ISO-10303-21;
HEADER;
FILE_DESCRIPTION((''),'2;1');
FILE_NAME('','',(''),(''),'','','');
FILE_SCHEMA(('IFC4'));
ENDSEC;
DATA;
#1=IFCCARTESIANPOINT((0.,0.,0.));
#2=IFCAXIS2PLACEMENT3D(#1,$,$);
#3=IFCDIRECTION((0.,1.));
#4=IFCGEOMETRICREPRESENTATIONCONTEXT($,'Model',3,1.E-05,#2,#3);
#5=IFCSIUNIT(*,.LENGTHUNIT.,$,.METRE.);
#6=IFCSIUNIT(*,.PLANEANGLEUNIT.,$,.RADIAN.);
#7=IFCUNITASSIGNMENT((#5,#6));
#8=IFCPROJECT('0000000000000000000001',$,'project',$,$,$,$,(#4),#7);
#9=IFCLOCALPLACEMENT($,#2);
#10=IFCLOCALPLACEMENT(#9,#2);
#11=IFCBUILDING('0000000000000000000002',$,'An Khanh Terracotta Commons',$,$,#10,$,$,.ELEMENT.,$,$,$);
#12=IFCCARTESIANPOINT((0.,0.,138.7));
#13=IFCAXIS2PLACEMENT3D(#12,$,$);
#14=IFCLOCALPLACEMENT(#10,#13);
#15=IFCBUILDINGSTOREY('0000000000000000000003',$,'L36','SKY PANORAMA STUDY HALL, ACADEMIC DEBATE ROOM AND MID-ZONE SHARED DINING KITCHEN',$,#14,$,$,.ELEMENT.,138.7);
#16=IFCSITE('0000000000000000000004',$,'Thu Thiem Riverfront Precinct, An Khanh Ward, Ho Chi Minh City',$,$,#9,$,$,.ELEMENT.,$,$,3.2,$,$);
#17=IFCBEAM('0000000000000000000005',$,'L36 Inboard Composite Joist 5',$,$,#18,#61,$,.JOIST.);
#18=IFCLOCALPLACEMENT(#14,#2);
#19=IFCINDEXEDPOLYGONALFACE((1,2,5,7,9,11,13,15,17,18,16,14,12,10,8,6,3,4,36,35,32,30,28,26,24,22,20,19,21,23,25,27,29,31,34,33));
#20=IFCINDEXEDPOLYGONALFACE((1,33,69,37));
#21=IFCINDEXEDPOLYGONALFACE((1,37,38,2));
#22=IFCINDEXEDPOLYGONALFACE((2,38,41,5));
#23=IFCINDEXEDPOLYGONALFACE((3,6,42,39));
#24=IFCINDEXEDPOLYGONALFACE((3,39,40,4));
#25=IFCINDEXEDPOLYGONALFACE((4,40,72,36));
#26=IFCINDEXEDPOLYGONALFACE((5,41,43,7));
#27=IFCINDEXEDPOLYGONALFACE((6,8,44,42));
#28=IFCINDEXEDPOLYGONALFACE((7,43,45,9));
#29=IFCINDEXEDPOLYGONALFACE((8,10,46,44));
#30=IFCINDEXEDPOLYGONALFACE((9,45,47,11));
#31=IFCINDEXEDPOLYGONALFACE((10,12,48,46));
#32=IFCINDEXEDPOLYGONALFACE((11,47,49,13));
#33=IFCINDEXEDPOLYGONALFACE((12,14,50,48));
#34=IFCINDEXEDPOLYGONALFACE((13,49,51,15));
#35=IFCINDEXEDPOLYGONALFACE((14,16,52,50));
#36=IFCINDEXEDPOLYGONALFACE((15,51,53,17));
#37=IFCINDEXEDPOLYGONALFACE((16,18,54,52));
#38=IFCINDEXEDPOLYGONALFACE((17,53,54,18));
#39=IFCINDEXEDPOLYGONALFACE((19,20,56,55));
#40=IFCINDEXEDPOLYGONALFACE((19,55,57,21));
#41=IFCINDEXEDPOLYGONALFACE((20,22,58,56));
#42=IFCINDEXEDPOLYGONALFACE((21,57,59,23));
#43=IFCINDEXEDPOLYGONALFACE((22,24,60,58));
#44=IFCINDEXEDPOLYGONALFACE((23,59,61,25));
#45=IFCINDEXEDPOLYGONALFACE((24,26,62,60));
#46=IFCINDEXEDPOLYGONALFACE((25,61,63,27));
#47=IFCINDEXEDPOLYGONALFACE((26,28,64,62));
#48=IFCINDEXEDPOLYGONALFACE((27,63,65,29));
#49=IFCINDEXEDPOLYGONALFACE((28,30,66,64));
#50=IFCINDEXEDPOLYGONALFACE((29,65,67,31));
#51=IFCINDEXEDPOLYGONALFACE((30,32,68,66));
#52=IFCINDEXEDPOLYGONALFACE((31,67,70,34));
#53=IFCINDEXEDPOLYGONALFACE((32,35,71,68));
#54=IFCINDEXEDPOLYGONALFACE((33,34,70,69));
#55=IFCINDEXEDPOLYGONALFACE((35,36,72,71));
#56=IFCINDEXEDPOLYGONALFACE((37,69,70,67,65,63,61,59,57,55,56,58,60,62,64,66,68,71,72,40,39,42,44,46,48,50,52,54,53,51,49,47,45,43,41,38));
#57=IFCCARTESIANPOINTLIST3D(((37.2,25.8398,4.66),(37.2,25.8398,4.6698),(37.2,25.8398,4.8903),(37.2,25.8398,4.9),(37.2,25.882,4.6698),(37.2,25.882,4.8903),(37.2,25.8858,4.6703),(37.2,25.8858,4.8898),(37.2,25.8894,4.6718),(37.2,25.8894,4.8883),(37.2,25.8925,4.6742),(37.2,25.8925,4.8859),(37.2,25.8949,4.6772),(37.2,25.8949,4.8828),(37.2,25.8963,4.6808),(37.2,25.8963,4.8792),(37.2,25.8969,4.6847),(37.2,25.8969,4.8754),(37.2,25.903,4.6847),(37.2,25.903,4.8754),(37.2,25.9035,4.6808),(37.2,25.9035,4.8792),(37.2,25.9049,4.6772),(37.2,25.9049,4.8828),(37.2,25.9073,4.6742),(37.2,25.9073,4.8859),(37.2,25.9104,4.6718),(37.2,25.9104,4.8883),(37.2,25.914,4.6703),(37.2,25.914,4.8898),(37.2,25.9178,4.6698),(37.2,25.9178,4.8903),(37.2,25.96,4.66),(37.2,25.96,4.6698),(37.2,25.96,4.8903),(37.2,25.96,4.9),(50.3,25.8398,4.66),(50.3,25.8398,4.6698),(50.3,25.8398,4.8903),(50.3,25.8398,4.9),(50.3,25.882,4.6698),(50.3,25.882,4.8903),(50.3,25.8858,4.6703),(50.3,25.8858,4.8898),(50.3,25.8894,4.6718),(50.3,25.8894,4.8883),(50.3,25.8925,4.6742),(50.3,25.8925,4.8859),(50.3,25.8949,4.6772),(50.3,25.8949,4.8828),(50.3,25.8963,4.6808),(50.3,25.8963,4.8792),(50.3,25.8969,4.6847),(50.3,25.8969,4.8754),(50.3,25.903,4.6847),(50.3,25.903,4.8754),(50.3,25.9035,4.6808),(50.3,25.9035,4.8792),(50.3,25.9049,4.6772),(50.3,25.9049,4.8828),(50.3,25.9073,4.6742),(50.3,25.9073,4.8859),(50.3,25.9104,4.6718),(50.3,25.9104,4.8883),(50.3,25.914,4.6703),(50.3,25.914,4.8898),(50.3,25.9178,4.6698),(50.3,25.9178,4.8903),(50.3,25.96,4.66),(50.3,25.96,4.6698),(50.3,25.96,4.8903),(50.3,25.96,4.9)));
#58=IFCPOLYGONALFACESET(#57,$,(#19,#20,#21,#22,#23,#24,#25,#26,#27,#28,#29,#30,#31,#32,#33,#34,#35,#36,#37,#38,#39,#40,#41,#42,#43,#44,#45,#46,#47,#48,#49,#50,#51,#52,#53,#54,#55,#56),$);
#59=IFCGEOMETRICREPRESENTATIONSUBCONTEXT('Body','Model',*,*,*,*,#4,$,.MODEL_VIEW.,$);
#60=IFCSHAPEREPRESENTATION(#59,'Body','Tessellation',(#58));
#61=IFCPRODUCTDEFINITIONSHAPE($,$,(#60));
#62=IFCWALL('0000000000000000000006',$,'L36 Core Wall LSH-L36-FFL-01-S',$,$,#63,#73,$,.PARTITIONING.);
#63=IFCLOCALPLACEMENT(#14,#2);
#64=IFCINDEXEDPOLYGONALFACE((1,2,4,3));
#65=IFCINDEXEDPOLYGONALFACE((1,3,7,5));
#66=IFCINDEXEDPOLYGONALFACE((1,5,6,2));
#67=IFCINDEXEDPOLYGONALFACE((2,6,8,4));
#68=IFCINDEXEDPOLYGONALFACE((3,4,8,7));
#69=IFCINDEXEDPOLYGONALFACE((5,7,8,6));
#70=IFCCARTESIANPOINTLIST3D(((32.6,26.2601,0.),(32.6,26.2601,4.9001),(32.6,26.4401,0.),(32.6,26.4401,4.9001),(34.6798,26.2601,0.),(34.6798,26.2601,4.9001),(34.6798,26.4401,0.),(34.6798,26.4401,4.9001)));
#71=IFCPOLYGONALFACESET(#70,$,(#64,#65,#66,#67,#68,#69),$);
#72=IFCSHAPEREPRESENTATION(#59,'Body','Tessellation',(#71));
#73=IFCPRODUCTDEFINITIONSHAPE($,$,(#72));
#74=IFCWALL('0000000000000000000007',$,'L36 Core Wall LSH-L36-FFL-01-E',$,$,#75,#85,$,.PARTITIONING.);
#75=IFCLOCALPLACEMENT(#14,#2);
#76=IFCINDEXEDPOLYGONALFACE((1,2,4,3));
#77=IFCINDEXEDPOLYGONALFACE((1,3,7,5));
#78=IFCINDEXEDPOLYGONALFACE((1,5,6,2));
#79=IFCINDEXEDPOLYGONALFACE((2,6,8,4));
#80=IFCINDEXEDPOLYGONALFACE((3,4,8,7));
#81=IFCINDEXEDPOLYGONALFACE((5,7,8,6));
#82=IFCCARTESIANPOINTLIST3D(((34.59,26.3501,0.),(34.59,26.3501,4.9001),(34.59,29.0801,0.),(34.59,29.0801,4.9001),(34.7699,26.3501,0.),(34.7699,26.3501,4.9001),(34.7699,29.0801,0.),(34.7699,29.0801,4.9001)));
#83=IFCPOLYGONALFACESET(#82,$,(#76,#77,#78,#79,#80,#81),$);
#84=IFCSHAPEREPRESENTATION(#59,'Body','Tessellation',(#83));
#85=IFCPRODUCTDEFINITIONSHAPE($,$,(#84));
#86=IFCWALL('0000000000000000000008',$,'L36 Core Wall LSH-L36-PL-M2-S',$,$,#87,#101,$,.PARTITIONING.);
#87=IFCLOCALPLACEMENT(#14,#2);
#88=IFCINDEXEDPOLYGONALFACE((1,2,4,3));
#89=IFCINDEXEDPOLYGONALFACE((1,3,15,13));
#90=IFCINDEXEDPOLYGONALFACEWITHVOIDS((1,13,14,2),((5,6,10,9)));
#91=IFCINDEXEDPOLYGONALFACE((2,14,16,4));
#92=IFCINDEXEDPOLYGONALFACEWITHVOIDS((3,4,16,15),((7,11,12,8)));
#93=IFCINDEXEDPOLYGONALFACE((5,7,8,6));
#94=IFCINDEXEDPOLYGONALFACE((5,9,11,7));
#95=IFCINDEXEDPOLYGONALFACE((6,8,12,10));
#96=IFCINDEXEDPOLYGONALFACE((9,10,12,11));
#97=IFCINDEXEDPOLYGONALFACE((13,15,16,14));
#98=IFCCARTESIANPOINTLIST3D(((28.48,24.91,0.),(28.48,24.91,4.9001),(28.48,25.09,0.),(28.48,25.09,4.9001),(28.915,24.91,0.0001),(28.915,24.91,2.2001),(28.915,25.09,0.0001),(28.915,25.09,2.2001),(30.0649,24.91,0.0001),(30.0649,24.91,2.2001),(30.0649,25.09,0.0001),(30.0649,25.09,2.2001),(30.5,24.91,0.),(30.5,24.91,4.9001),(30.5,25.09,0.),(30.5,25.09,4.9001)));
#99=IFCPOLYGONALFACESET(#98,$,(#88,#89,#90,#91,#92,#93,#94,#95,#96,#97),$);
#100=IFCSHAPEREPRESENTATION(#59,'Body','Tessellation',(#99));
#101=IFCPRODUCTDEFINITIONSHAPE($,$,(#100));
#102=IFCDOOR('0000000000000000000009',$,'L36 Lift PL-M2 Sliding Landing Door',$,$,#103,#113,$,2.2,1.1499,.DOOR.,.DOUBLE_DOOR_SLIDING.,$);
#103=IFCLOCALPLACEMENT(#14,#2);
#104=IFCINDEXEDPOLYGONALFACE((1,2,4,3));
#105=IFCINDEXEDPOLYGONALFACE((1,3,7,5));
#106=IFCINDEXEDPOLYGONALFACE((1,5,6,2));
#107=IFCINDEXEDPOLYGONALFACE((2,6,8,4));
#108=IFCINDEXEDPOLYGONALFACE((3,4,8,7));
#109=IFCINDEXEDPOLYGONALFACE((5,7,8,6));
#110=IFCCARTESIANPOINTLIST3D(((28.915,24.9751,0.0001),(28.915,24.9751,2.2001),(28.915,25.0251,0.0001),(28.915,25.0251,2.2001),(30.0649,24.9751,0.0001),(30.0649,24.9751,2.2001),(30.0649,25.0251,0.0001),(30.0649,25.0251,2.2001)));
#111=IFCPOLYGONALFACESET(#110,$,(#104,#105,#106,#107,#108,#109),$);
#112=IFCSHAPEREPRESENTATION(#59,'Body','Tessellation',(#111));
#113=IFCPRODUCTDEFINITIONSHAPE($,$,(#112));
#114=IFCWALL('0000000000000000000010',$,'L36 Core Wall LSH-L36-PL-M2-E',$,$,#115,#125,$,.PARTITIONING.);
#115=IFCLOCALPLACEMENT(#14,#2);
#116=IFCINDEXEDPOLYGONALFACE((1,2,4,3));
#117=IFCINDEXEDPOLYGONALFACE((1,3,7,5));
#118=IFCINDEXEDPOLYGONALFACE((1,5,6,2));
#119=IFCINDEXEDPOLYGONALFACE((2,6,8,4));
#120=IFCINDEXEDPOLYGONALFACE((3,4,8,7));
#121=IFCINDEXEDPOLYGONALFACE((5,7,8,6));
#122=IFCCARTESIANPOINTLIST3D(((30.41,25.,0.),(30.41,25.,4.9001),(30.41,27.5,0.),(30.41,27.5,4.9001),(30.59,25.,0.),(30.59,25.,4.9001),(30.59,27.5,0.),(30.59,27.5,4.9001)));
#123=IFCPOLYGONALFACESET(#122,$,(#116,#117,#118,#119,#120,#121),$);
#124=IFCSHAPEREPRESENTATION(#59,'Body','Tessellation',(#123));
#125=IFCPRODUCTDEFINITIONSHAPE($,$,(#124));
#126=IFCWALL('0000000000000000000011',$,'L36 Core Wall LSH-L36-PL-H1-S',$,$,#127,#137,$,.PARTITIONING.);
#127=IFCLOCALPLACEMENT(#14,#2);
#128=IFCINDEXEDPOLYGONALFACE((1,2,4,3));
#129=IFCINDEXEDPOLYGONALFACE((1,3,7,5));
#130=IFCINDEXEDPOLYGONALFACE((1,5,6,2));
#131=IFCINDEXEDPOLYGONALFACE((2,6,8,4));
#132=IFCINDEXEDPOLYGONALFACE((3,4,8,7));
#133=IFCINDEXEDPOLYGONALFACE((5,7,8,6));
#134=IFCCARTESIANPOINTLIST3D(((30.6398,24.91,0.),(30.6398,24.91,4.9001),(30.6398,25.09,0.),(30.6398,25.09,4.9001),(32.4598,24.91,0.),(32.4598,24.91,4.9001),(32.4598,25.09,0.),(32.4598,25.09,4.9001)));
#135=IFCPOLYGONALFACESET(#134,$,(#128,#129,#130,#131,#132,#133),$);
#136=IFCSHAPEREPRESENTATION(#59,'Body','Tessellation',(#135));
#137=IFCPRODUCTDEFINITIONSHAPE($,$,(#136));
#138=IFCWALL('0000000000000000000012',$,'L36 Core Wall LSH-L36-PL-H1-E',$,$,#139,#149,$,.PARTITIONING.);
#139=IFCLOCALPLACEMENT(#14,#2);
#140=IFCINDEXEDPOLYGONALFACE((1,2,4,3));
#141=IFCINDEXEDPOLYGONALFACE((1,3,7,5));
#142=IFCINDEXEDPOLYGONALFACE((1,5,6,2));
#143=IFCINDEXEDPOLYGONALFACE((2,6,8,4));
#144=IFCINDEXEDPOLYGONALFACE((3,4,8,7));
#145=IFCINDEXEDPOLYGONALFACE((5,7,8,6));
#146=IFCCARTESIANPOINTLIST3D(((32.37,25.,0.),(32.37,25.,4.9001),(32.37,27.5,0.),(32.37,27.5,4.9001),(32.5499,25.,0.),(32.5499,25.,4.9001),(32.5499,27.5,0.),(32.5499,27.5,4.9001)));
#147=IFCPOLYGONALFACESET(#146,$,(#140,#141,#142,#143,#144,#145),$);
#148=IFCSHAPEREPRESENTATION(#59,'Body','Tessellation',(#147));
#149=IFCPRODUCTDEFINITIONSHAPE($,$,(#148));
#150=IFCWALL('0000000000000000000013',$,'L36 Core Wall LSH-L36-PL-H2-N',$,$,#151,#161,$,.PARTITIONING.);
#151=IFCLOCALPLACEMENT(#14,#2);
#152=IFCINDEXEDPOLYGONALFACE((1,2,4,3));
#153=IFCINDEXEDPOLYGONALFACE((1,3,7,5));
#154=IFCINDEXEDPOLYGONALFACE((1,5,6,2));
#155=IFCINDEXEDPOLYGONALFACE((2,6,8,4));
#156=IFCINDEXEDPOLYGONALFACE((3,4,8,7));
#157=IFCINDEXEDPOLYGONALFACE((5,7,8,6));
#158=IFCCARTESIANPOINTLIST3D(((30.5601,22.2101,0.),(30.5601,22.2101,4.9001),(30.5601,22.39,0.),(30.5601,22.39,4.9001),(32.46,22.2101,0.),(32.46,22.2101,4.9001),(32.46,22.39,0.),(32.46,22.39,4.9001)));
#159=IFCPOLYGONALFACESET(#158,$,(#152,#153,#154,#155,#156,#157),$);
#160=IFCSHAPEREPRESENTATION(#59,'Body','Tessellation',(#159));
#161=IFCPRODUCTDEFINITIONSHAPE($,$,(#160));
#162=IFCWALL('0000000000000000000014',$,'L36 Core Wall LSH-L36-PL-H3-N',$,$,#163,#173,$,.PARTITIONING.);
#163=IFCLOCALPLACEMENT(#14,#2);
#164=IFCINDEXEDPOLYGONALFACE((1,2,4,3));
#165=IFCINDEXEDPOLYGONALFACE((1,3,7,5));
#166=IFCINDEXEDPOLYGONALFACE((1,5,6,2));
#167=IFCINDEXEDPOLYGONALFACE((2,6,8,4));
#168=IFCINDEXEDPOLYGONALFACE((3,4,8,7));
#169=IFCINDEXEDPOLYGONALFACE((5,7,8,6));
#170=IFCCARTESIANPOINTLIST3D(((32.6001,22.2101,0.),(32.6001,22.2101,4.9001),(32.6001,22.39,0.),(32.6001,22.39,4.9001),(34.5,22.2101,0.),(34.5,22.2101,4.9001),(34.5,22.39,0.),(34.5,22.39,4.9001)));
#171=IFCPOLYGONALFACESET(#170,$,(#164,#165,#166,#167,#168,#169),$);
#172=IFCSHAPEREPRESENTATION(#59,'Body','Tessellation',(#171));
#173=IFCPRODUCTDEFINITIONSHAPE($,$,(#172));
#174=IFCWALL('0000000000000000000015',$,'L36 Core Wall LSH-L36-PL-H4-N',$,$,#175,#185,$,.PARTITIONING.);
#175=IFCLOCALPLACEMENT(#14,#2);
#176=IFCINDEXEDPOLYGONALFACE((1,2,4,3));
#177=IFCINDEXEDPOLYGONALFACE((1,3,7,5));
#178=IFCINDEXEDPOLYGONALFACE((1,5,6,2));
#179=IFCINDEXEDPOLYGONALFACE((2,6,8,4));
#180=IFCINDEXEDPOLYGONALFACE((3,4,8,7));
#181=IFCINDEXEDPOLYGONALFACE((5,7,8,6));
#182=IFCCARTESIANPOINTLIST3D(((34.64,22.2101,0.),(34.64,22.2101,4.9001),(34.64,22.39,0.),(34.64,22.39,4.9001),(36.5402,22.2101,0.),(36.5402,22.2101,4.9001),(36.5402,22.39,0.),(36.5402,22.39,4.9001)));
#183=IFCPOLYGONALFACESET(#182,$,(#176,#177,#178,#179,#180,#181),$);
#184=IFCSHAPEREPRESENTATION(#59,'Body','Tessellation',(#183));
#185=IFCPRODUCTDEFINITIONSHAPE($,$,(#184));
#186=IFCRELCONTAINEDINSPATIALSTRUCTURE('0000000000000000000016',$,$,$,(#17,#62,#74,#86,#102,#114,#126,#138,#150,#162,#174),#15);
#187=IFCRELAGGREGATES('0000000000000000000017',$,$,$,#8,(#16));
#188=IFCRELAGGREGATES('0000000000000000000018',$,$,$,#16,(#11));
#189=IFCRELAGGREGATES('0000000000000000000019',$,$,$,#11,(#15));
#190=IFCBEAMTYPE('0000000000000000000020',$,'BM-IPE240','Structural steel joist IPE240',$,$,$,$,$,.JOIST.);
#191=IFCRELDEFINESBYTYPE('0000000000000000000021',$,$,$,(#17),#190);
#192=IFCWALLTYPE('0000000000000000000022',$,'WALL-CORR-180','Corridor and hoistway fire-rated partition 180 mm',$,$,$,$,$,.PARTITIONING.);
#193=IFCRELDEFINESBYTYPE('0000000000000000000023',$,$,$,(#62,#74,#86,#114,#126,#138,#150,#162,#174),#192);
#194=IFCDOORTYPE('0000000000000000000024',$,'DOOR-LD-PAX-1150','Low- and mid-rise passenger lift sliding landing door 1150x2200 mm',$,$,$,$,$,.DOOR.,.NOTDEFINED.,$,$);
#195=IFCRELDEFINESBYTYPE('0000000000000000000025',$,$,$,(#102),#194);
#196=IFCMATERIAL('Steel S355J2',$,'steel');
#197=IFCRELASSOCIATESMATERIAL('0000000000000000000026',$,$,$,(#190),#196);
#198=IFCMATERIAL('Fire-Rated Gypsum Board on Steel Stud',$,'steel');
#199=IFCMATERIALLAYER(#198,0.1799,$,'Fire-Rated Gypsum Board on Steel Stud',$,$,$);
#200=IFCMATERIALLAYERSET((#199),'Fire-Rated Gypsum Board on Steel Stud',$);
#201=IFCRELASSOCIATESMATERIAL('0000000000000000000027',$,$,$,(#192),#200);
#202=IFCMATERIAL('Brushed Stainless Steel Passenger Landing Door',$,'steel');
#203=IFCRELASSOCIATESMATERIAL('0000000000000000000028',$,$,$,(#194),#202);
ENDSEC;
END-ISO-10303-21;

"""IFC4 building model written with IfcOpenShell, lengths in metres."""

from ifc_helpers import new_model, si_unit, direction, frame, frame_2d, origin, origin_2d, place, context, subcontext, project, spatial, rectangle, i_section, extrude, material, layer, layer_set, material_profile, profile_set, type_object, element, fill, save


model = new_model("IFC4")

# Units and contexts
model_context = context("Model", 3, precision=1e-05, world=origin(), true_north=direction((0.0, 1.0)))
body_context = subcontext(model_context, "Body", "Model", "MODEL_VIEW")
ifc_project = project(units=[si_unit("LENGTHUNIT", "METRE"), si_unit("PLANEANGLEUNIT", "RADIAN")], contexts=[model_context])

# Site, building, storey
site_placement = place(None, origin())
site = spatial("IfcSite", under=ifc_project, at=site_placement, Name="Thu Thiem Riverfront Precinct, An Khanh Ward, Ho Chi Minh City", CompositionType="ELEMENT", RefElevation=3.2)
building_placement = place(site_placement, origin())
building = spatial("IfcBuilding", under=site, at=building_placement, Name="An Khanh Terracotta Commons", CompositionType="ELEMENT")
storey_placement = place(building_placement, frame((0.0, 0.0, 138.7)))
storey = spatial("IfcBuildingStorey", under=building, at=storey_placement, Name="L36", Description="SKY PANORAMA STUDY HALL, ACADEMIC DEBATE ROOM AND MID-ZONE SHARED DINING KITCHEN", CompositionType="ELEMENT", Elevation=138.7)

# Beam
ifc_material_1 = material(Name="Steel S355J2", Category="steel")
ifc_material_profile_1 = material_profile(ifc_material_1, i_section(OverallWidth=0.1201, OverallDepth=0.24, WebThickness=0.0061, FlangeThickness=0.0098, FilletRadius=0.0149, at=origin_2d()), Name="IPE240")
ifc_profile_set_1 = profile_set([ifc_material_profile_1], Name="Steel S355J2")
beam_type_1 = type_object("IfcBeamType", Name="BM-IPE240", Description="Structural steel joist IPE240", PredefinedType="JOIST", material=ifc_profile_set_1)
for number, where, z_axis, x_axis, name in (
    (1, (37.2, 25.8999, 4.78), (1.0, 0.0, 0.0), (0.0, 1.0, 0.0), "L36 Inboard Composite Joist 5"),
):
    element("IfcBeam", number, at=place(storey_placement, frame(where, z_axis=z_axis, x_axis=x_axis)), inside=storey, type_object=beam_type_1, Name=name, PredefinedType="JOIST", context=body_context, shape_type="SweptSolid", body=[
        extrude(i_section(OverallWidth=0.1201, OverallDepth=0.24, WebThickness=0.0061, FlangeThickness=0.0098, FilletRadius=0.0149, at=origin_2d()), origin(), (0.0, 0.0, 1.0), 13.1001),
    ])

# Walls
ifc_material_2 = material(Name="Fire-Rated Gypsum Board on Steel Stud", Category="steel")
ifc_layer = layer(ifc_material_2, 0.1799, Name="Fire-Rated Gypsum Board on Steel Stud")
ifc_layer_set = layer_set([ifc_layer], Name="Fire-Rated Gypsum Board on Steel Stud")
wall_type = type_object("IfcWallType", Name="WALL-CORR-180", Description="Corridor and hoistway fire-rated partition 180 mm", PredefinedType="PARTITIONING", material=ifc_layer_set)
wall_1_placement = place(storey_placement, frame((34.6799, 26.3501, 0.0), z_axis=(0.0, 0.0, 1.0), x_axis=(-1.0, 0.0, 0.0)))
element("IfcWall", 2, at=wall_1_placement, inside=storey, type_object=wall_type, Name="L36 Core Wall LSH-L36-FFL-01-S", PredefinedType="PARTITIONING", context=body_context, shape_type="SweptSolid", body=[
    extrude(rectangle(XDim=2.0798, YDim=0.1799, at=frame_2d((1.04, 0.0))), origin(), (0.0, 0.0, 1.0), 4.9001),
])
wall_2_placement = place(storey_placement, frame((34.6799, 26.3501, 0.0), z_axis=(0.0, 0.0, 1.0), x_axis=(0.0, 1.0, 0.0)))
element("IfcWall", 3, at=wall_2_placement, inside=storey, type_object=wall_type, Name="L36 Core Wall LSH-L36-FFL-01-E", PredefinedType="PARTITIONING", context=body_context, shape_type="SweptSolid", body=[
    extrude(rectangle(XDim=2.73, YDim=0.1799, at=frame_2d((1.365, 0.0))), origin(), (0.0, 0.0, 1.0), 4.9001),
])

# Wall, opening, door
wall_3_placement = place(storey_placement, frame((30.5, 25.0, 0.0), z_axis=(0.0, 0.0, 1.0), x_axis=(-1.0, 0.0, 0.0)))
wall_3 = element("IfcWall", 4, at=wall_3_placement, inside=storey, type_object=wall_type, Name="L36 Core Wall LSH-L36-PL-M2-S", PredefinedType="PARTITIONING", context=body_context, shape_type="SweptSolid", body=[
    extrude(rectangle(XDim=2.02, YDim=0.1799, at=frame_2d((1.01, 0.0))), origin(), (0.0, 0.0, 1.0), 4.9001),
])
opening_placement = place(wall_3_placement, frame((0.4351, 0.0, 0.0)))
opening = element("IfcOpeningElement", 5, at=opening_placement, cuts=wall_3, PredefinedType="OPENING", context=body_context, shape_type="SweptSolid", body=[
    extrude(rectangle(XDim=1.1499, YDim=2.2, at=frame_2d((0.575, 1.1001))), frame((0.0, 0.0999, 0.0), z_axis=(0.0, -1.0, 0.0), x_axis=(1.0, 0.0, 0.0)), (0.0, 0.0, 1.0), 0.2),
])
ifc_material_3 = material(Name="Brushed Stainless Steel Passenger Landing Door", Category="steel")
door_type = type_object("IfcDoorType", Name="DOOR-LD-PAX-1150", Description="Low- and mid-rise passenger lift sliding landing door 1150x2200 mm", OperationType="NOTDEFINED", PredefinedType="DOOR", material=ifc_material_3)
door_placement = place(opening_placement, origin())
door = element("IfcDoor", 6, at=door_placement, inside=storey, type_object=door_type, Name="L36 Lift PL-M2 Sliding Landing Door", OperationType="DOUBLE_DOOR_SLIDING", OverallHeight=2.2, OverallWidth=1.1499, PredefinedType="DOOR", context=body_context, shape_type="SweptSolid", body=[
    extrude(rectangle(XDim=1.1499, YDim=2.2, at=frame_2d((0.575, 1.1001))), frame((0.0, 0.0249, 0.0), z_axis=(0.0, -1.0, 0.0), x_axis=(1.0, 0.0, 0.0)), (0.0, 0.0, 1.0), 0.05),
])
fill(opening, door)

# Walls
wall_4_placement = place(storey_placement, frame((30.5, 25.0, 0.0), z_axis=(0.0, 0.0, 1.0), x_axis=(0.0, 1.0, 0.0)))
element("IfcWall", 7, at=wall_4_placement, inside=storey, type_object=wall_type, Name="L36 Core Wall LSH-L36-PL-M2-E", PredefinedType="PARTITIONING", context=body_context, shape_type="SweptSolid", body=[
    extrude(rectangle(XDim=2.5, YDim=0.1799, at=frame_2d((1.25, 0.0))), origin(), (0.0, 0.0, 1.0), 4.9001),
])
wall_5_placement = place(storey_placement, frame((32.46, 25.0, 0.0), z_axis=(0.0, 0.0, 1.0), x_axis=(-1.0, 0.0, 0.0)))
element("IfcWall", 8, at=wall_5_placement, inside=storey, type_object=wall_type, Name="L36 Core Wall LSH-L36-PL-H1-S", PredefinedType="PARTITIONING", context=body_context, shape_type="SweptSolid", body=[
    extrude(rectangle(XDim=1.8201, YDim=0.1799, at=frame_2d((0.9102, 0.0))), origin(), (0.0, 0.0, 1.0), 4.9001),
])
wall_6_placement = place(storey_placement, frame((32.46, 25.0, 0.0), z_axis=(0.0, 0.0, 1.0), x_axis=(0.0, 1.0, 0.0)))
element("IfcWall", 9, at=wall_6_placement, inside=storey, type_object=wall_type, Name="L36 Core Wall LSH-L36-PL-H1-E", PredefinedType="PARTITIONING", context=body_context, shape_type="SweptSolid", body=[
    extrude(rectangle(XDim=2.5, YDim=0.1799, at=frame_2d((1.25, 0.0))), origin(), (0.0, 0.0, 1.0), 4.9001),
])
for number, where, z_axis, x_axis, name in (
    (10, (30.5601, 22.3, 0.0), (0.0, 0.0, 1.0), (1.0, 0.0, 0.0), "L36 Core Wall LSH-L36-PL-H2-N"),
    (11, (32.6001, 22.3, 0.0), (0.0, 0.0, 1.0), (1.0, 0.0, 0.0), "L36 Core Wall LSH-L36-PL-H3-N"),
):
    element("IfcWall", number, at=place(storey_placement, frame(where, z_axis=z_axis, x_axis=x_axis)), inside=storey, type_object=wall_type, Name=name, PredefinedType="PARTITIONING", context=body_context, shape_type="SweptSolid", body=[
        extrude(rectangle(XDim=1.8999, YDim=0.1799, at=frame_2d((0.95, 0.0))), origin(), (0.0, 0.0, 1.0), 4.9001),
    ])
wall_7_placement = place(storey_placement, frame((34.6399, 22.3, 0.0), z_axis=(0.0, 0.0, 1.0), x_axis=(1.0, 0.0, 0.0)))
element("IfcWall", 12, at=wall_7_placement, inside=storey, type_object=wall_type, Name="L36 Core Wall LSH-L36-PL-H4-N", PredefinedType="PARTITIONING", context=body_context, shape_type="SweptSolid", body=[
    extrude(rectangle(XDim=1.9001, YDim=0.1799, at=frame_2d((0.9502, 0.0))), origin(), (0.0, 0.0, 1.0), 4.9001),
])

save(model, "model.ifc")
